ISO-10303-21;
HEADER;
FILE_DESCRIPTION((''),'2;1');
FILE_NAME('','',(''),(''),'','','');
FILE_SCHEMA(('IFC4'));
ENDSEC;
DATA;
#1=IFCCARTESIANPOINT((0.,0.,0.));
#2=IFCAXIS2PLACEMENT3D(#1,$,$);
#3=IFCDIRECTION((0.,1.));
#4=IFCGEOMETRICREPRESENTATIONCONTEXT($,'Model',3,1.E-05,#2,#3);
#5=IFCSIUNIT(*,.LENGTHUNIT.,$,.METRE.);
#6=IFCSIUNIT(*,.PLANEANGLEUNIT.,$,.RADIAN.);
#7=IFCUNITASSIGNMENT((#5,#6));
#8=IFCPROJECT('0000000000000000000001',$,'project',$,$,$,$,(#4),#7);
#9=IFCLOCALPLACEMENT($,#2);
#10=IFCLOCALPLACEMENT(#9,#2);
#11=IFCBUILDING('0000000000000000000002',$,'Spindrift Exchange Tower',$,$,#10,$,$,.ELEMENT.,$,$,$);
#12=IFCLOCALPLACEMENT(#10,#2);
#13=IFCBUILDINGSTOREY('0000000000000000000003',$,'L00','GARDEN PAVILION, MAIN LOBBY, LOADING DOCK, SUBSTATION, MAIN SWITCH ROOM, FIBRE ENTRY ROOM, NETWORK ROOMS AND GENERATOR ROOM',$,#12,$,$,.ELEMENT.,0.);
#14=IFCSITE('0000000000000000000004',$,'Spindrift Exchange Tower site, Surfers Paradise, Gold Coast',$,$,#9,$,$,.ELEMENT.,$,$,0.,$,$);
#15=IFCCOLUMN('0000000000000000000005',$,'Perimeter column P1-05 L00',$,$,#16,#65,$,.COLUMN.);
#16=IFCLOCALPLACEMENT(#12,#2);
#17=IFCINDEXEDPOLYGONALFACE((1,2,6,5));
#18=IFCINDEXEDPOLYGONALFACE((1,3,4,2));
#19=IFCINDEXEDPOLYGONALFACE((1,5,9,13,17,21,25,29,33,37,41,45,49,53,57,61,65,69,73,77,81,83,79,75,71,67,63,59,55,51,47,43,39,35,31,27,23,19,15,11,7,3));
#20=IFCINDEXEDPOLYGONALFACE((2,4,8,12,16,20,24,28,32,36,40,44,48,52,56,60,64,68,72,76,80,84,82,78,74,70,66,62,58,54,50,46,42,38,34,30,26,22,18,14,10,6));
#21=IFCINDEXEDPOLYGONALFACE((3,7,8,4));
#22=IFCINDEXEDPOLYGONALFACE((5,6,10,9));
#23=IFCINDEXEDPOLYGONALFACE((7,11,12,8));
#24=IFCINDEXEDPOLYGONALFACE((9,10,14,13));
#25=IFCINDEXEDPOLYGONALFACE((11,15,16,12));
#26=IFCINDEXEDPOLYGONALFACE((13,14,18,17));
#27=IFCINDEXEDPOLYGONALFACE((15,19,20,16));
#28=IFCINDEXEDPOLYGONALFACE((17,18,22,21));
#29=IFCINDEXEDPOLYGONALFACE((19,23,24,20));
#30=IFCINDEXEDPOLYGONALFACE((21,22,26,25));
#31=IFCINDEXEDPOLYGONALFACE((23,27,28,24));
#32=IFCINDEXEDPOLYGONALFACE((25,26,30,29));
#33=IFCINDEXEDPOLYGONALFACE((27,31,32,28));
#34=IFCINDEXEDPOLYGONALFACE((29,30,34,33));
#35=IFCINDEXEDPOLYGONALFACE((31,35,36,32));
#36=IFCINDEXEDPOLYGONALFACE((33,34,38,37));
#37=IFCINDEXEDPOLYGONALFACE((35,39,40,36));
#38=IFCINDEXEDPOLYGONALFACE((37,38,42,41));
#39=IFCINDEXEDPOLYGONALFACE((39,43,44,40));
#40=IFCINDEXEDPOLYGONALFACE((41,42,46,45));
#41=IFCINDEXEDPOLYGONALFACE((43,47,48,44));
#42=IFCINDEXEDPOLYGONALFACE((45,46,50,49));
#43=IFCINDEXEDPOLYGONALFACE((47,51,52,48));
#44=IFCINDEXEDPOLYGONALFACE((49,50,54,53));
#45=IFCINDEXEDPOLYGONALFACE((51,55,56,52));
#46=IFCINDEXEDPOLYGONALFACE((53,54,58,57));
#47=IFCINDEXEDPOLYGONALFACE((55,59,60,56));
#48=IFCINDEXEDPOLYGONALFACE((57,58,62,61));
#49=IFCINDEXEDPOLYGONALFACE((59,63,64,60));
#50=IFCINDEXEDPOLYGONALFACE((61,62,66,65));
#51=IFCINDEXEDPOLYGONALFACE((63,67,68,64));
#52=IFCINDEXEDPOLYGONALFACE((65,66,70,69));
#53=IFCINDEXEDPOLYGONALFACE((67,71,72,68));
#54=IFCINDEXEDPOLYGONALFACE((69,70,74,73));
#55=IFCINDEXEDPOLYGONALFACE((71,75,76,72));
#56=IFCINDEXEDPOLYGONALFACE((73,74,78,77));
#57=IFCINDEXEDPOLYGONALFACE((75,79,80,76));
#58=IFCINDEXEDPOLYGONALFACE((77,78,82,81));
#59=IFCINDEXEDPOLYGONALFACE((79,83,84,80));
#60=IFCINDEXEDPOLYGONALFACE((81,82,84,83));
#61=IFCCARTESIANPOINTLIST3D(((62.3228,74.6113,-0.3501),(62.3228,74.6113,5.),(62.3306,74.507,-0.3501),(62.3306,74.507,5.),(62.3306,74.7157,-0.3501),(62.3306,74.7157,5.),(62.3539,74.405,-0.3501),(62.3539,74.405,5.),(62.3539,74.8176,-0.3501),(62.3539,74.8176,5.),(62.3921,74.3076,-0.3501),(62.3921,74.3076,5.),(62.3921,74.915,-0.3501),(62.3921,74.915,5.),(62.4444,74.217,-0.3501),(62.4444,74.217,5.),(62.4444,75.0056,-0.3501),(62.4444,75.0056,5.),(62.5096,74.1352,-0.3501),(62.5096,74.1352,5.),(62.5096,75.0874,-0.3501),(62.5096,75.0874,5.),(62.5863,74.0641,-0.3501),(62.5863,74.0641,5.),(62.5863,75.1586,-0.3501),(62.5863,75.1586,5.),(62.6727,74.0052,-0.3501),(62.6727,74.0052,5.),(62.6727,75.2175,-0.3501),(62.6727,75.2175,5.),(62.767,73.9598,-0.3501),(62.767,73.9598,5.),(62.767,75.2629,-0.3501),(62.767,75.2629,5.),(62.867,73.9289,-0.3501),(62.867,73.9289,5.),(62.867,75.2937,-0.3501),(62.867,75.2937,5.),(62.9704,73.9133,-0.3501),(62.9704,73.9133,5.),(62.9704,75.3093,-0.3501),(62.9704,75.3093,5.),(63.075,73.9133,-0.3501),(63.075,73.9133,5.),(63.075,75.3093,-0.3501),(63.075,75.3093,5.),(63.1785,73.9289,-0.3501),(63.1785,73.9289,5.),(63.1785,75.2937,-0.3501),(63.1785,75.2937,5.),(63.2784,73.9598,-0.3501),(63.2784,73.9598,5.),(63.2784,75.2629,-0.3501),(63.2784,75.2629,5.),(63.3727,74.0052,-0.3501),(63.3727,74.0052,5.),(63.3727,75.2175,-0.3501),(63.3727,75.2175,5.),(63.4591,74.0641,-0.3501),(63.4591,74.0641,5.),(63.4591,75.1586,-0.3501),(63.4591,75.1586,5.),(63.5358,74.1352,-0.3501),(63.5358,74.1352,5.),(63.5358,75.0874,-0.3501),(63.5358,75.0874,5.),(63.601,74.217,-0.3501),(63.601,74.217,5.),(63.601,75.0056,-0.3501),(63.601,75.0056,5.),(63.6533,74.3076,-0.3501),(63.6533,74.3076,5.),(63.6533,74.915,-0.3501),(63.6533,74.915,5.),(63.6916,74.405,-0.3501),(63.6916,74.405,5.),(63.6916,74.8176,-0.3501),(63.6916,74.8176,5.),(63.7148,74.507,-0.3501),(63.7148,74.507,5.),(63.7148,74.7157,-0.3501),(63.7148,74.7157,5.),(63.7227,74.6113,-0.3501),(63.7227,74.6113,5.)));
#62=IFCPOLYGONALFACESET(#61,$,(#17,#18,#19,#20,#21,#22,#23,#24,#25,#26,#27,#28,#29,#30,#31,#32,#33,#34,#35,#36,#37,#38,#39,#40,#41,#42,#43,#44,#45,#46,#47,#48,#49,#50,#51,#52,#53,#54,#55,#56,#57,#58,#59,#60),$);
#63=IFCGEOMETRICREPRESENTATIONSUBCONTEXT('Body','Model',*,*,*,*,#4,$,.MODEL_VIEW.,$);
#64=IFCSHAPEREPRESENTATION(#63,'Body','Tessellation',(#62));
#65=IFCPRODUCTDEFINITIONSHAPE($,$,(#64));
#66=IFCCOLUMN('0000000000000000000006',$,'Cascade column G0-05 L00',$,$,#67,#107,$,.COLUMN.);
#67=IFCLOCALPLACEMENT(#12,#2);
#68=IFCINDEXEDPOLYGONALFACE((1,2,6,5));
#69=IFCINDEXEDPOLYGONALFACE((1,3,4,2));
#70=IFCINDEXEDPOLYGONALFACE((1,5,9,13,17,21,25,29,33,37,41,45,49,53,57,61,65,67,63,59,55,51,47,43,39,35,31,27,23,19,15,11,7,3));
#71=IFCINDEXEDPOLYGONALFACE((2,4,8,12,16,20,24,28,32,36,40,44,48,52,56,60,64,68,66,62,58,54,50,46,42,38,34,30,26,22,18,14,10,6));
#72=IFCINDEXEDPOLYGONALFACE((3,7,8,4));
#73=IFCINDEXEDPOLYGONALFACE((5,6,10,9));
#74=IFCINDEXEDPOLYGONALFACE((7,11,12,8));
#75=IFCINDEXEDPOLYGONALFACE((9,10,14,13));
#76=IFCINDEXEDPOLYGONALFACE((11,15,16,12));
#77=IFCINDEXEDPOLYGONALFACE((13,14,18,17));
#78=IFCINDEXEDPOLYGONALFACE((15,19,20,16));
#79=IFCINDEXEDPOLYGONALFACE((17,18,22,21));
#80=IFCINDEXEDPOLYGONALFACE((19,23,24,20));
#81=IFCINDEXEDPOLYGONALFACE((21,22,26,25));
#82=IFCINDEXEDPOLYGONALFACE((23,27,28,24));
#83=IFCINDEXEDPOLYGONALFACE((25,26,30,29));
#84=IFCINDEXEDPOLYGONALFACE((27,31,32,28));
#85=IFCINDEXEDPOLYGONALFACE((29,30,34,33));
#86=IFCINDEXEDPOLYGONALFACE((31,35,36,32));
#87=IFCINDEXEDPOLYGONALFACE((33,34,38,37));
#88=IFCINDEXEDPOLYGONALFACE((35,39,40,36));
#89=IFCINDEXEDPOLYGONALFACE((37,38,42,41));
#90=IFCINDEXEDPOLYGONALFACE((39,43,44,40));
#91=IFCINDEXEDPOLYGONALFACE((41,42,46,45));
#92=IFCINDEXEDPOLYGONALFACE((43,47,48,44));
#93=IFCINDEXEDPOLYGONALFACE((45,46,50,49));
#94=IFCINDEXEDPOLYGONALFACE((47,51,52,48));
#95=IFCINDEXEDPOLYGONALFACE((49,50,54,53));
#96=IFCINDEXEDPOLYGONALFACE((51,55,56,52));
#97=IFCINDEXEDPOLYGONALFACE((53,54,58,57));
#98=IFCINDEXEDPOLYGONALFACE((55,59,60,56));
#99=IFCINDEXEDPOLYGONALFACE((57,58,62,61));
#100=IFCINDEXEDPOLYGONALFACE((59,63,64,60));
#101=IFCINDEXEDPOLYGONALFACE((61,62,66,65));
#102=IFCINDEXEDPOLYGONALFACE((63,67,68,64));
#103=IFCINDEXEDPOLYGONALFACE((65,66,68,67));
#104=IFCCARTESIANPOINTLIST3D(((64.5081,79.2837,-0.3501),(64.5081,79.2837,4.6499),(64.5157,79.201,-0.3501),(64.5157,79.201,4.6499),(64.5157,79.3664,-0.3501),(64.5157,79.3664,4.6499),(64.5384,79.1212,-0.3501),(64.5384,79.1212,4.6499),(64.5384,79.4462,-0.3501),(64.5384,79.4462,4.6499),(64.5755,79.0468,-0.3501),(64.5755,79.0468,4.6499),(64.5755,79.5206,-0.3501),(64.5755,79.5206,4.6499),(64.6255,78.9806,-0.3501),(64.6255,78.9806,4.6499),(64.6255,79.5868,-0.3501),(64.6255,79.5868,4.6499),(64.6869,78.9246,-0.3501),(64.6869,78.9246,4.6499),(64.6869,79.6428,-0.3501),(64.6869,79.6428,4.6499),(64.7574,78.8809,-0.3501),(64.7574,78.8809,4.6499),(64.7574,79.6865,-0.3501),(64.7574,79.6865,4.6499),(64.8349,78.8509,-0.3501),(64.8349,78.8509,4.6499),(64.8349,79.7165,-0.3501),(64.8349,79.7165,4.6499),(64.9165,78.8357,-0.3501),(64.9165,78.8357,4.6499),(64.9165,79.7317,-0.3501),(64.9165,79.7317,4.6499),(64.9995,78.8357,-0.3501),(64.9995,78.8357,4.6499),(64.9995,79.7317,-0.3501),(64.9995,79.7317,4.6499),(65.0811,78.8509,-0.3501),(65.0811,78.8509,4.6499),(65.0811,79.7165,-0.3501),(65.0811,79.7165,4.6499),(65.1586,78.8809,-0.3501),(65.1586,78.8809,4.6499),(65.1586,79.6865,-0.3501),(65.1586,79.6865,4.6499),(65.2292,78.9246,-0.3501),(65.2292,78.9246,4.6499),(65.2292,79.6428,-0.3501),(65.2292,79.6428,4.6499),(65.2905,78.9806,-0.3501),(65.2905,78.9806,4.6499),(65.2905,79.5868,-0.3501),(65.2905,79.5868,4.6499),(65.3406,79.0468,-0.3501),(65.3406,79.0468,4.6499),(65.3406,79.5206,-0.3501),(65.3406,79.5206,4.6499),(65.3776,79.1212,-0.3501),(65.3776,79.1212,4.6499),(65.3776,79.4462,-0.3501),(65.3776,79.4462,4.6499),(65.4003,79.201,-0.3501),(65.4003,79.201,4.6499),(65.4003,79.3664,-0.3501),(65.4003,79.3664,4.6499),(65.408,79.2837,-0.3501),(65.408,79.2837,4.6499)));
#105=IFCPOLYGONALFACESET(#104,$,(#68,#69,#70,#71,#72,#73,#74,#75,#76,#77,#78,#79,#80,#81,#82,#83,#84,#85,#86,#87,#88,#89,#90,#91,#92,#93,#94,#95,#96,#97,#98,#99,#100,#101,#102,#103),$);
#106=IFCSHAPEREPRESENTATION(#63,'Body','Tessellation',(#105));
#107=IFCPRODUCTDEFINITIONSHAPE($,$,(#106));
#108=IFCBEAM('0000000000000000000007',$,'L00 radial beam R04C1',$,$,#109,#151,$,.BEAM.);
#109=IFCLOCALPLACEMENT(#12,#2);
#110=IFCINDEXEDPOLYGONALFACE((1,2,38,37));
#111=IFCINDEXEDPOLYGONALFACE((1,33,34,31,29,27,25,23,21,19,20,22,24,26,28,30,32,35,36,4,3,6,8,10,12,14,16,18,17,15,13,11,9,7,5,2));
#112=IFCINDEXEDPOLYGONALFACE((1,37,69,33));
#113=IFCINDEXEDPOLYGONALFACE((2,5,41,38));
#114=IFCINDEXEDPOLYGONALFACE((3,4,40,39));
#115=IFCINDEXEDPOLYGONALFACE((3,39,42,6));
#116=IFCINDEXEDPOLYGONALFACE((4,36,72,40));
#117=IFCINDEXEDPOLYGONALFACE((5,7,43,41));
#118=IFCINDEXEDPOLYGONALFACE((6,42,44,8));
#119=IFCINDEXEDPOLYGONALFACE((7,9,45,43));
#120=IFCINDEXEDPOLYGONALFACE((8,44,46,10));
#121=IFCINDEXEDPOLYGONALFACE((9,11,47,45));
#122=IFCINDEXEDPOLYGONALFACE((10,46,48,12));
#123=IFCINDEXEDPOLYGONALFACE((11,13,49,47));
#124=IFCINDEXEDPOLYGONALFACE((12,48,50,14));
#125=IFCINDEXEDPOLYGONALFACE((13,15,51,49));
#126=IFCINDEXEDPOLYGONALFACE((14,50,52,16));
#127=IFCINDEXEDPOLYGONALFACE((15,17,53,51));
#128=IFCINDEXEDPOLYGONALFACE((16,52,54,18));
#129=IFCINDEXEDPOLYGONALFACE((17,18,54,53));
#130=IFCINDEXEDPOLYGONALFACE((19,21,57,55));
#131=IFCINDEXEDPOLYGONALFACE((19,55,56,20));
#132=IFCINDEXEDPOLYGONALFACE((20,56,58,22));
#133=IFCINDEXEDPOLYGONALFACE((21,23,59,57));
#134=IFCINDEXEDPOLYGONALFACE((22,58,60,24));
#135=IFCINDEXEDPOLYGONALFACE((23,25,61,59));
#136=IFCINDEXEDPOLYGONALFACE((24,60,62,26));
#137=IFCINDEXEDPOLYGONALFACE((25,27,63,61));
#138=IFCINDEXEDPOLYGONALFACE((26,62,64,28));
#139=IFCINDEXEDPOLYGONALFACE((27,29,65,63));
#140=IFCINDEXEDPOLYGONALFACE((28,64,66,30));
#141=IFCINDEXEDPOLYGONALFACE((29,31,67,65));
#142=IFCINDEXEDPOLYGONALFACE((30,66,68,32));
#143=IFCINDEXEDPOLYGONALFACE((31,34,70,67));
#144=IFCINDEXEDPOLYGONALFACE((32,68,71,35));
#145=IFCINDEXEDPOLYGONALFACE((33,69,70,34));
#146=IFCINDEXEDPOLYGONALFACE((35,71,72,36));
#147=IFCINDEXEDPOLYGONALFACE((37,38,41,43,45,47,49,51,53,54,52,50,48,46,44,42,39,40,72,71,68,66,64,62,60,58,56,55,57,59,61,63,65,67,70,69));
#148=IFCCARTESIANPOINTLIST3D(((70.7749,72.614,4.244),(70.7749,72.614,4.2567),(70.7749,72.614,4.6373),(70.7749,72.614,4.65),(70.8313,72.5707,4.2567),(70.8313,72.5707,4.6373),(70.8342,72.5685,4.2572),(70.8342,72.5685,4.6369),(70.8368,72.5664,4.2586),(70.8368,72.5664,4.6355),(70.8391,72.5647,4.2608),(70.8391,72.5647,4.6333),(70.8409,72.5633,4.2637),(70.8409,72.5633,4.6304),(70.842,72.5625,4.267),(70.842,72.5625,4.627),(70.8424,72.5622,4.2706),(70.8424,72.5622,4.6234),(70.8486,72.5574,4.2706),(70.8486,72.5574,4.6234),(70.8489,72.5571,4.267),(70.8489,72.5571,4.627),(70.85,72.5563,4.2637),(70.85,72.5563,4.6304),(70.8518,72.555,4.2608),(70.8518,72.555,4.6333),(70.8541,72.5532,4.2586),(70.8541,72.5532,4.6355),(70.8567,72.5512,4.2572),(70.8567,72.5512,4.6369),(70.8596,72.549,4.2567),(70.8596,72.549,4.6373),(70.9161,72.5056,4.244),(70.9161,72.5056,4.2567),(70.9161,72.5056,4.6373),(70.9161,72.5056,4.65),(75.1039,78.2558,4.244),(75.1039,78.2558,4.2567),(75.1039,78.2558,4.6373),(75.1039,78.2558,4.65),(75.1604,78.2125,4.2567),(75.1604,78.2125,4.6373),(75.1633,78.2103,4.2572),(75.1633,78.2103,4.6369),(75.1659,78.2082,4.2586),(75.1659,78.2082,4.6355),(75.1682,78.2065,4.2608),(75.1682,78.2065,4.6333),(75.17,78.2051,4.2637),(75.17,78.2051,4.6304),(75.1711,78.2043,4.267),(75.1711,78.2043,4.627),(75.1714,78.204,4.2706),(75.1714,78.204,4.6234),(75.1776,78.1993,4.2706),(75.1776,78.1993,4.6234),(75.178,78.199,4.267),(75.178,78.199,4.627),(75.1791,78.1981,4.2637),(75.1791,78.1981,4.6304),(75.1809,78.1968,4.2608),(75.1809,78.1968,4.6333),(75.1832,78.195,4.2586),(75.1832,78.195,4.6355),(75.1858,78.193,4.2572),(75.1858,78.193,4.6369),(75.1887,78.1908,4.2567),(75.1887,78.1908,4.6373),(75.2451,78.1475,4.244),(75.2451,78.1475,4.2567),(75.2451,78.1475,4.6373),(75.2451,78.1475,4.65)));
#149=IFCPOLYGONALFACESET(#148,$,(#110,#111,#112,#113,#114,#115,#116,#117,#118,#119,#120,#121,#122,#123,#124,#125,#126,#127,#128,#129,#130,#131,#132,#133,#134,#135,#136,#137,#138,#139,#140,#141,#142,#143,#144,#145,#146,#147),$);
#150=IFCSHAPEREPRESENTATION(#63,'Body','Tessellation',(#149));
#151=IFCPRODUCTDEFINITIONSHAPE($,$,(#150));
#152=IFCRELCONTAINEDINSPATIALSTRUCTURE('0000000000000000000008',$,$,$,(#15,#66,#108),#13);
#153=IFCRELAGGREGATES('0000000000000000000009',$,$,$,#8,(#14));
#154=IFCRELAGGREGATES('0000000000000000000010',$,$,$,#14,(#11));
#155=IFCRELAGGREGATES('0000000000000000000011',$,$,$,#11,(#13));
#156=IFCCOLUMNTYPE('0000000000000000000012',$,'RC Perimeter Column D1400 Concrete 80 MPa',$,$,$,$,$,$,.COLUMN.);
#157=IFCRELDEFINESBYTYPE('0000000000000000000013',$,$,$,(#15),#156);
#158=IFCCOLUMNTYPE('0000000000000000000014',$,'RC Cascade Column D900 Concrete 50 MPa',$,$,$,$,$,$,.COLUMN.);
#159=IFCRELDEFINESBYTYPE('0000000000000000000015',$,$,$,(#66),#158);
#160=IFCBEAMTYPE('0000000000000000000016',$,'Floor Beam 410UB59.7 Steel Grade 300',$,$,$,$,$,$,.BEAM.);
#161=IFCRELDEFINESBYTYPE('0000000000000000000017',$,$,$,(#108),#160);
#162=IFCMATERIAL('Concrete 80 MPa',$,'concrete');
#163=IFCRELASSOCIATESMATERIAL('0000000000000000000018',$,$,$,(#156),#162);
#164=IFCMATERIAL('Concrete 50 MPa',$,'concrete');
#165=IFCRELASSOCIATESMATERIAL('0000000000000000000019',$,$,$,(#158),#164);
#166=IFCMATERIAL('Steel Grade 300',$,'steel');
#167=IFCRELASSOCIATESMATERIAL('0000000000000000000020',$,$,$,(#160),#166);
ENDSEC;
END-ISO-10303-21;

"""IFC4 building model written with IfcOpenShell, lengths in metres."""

from ifc_helpers import new_model, si_unit, direction, frame, origin, origin_2d, place, context, subcontext, project, spatial, circle, i_section, extrude, source, transform, mapped, material, material_profile, profile_set, type_object, element, save


model = new_model("IFC4")

# Units and contexts
model_context = context("Model", 3, precision=1e-05, world=origin(), true_north=direction((0.0, 1.0)))
body_context = subcontext(model_context, "Body", "Model", "MODEL_VIEW")
ifc_project = project(units=[si_unit("LENGTHUNIT", "METRE"), si_unit("PLANEANGLEUNIT", "RADIAN")], contexts=[model_context])

# Site, building, storey
site_placement = place(None, origin())
site = spatial("IfcSite", under=ifc_project, at=site_placement, Name="Spindrift Exchange Tower site, Surfers Paradise, Gold Coast", CompositionType="ELEMENT", RefElevation=0.0)
building_placement = place(site_placement, origin())
building = spatial("IfcBuilding", under=site, at=building_placement, Name="Spindrift Exchange Tower", CompositionType="ELEMENT")
storey_placement = place(building_placement, origin())
storey = spatial("IfcBuildingStorey", under=building, at=storey_placement, Name="L00", Description="GARDEN PAVILION, MAIN LOBBY, LOADING DOCK, SUBSTATION, MAIN SWITCH ROOM, FIBRE ENTRY ROOM, NETWORK ROOMS AND GENERATOR ROOM", CompositionType="ELEMENT", Elevation=0.0)

# Shared definitions
ifc_material_1 = material(Name="Concrete 50 MPa", Category="concrete")

# Columns
ifc_material_2 = material(Name="Concrete 80 MPa", Category="concrete")
ifc_material_profile_1 = material_profile(ifc_material_2, circle(Radius=0.7, at=origin_2d()), Name="RC D1400")
ifc_profile_set_1 = profile_set([ifc_material_profile_1], Name="Concrete 80 MPa")
column_type_1 = type_object("IfcColumnType", Name="RC Perimeter Column D1400 Concrete 80 MPa", PredefinedType="COLUMN", material=ifc_profile_set_1)
shared_shape_1 = source(origin(), body_context, "Body", "SweptSolid", [
    extrude(circle(Radius=0.7, at=origin_2d()), origin(), (0.0, 0.0, 1.0), 5.3501),
])
column_1_placement = place(storey_placement, frame((63.0227, 74.6113, -0.3501), z_axis=(0.0, 0.0, 1.0), x_axis=(1.0, 0.0, 0.0)))
element("IfcColumn", 1, at=column_1_placement, inside=storey, type_object=column_type_1, Name="Perimeter column P1-05 L00", PredefinedType="COLUMN", context=body_context, shape_type="MappedRepresentation", body=[
    mapped(shared_shape_1, transform((0.0, 0.0, 0.0), scale=1.0)),
])
ifc_material_profile_2 = material_profile(ifc_material_1, circle(Radius=0.45, at=origin_2d()), Name="RC D900")
ifc_profile_set_2 = profile_set([ifc_material_profile_2], Name="Concrete 50 MPa")
column_type_2 = type_object("IfcColumnType", Name="RC Cascade Column D900 Concrete 50 MPa", PredefinedType="COLUMN", material=ifc_profile_set_2)
shared_shape_2 = source(origin(), body_context, "Body", "SweptSolid", [
    extrude(circle(Radius=0.45, at=origin_2d()), origin(), (0.0, 0.0, 1.0), 5.0),
])
column_2_placement = place(storey_placement, frame((64.958, 79.2837, -0.3501), z_axis=(0.0, 0.0, 1.0), x_axis=(1.0, 0.0, 0.0)))
element("IfcColumn", 2, at=column_2_placement, inside=storey, type_object=column_type_2, Name="Cascade column G0-05 L00", PredefinedType="COLUMN", context=body_context, shape_type="MappedRepresentation", body=[
    mapped(shared_shape_2, transform((0.0, 0.0, 0.0), scale=1.0)),
])

# Beam
ifc_material_3 = material(Name="Steel Grade 300", Category="steel")
ifc_material_profile_3 = material_profile(ifc_material_3, i_section(OverallWidth=0.178, OverallDepth=0.406, WebThickness=0.0078, FlangeThickness=0.0127, FilletRadius=0.0139, at=origin_2d()), Name="410UB59.7")
ifc_profile_set_3 = profile_set([ifc_material_profile_3], Name="Steel Grade 300")
beam_type_1 = type_object("IfcBeamType", Name="Floor Beam 410UB59.7 Steel Grade 300", PredefinedType="BEAM", material=ifc_profile_set_3)
shared_shape_3 = source(origin(), body_context, "Body", "SweptSolid", [
    extrude(i_section(OverallWidth=0.178, OverallDepth=0.406, WebThickness=0.0078, FlangeThickness=0.0127, FilletRadius=0.0139, at=origin_2d()), origin(), (0.0, 0.0, 1.0), 7.1113),
])
beam_1_placement = place(storey_placement, frame((70.8455, 72.5598, 4.447), z_axis=(0.608758, 0.793356, 0.0), x_axis=(-0.793356, 0.608758, 0.0)))
element("IfcBeam", 3, at=beam_1_placement, inside=storey, type_object=beam_type_1, Name="L00 radial beam R04C1", PredefinedType="BEAM", context=body_context, shape_type="MappedRepresentation", body=[
    mapped(shared_shape_3, transform((0.0, 0.0, 0.0), scale=1.0)),
])

save(model, "model.ifc")
